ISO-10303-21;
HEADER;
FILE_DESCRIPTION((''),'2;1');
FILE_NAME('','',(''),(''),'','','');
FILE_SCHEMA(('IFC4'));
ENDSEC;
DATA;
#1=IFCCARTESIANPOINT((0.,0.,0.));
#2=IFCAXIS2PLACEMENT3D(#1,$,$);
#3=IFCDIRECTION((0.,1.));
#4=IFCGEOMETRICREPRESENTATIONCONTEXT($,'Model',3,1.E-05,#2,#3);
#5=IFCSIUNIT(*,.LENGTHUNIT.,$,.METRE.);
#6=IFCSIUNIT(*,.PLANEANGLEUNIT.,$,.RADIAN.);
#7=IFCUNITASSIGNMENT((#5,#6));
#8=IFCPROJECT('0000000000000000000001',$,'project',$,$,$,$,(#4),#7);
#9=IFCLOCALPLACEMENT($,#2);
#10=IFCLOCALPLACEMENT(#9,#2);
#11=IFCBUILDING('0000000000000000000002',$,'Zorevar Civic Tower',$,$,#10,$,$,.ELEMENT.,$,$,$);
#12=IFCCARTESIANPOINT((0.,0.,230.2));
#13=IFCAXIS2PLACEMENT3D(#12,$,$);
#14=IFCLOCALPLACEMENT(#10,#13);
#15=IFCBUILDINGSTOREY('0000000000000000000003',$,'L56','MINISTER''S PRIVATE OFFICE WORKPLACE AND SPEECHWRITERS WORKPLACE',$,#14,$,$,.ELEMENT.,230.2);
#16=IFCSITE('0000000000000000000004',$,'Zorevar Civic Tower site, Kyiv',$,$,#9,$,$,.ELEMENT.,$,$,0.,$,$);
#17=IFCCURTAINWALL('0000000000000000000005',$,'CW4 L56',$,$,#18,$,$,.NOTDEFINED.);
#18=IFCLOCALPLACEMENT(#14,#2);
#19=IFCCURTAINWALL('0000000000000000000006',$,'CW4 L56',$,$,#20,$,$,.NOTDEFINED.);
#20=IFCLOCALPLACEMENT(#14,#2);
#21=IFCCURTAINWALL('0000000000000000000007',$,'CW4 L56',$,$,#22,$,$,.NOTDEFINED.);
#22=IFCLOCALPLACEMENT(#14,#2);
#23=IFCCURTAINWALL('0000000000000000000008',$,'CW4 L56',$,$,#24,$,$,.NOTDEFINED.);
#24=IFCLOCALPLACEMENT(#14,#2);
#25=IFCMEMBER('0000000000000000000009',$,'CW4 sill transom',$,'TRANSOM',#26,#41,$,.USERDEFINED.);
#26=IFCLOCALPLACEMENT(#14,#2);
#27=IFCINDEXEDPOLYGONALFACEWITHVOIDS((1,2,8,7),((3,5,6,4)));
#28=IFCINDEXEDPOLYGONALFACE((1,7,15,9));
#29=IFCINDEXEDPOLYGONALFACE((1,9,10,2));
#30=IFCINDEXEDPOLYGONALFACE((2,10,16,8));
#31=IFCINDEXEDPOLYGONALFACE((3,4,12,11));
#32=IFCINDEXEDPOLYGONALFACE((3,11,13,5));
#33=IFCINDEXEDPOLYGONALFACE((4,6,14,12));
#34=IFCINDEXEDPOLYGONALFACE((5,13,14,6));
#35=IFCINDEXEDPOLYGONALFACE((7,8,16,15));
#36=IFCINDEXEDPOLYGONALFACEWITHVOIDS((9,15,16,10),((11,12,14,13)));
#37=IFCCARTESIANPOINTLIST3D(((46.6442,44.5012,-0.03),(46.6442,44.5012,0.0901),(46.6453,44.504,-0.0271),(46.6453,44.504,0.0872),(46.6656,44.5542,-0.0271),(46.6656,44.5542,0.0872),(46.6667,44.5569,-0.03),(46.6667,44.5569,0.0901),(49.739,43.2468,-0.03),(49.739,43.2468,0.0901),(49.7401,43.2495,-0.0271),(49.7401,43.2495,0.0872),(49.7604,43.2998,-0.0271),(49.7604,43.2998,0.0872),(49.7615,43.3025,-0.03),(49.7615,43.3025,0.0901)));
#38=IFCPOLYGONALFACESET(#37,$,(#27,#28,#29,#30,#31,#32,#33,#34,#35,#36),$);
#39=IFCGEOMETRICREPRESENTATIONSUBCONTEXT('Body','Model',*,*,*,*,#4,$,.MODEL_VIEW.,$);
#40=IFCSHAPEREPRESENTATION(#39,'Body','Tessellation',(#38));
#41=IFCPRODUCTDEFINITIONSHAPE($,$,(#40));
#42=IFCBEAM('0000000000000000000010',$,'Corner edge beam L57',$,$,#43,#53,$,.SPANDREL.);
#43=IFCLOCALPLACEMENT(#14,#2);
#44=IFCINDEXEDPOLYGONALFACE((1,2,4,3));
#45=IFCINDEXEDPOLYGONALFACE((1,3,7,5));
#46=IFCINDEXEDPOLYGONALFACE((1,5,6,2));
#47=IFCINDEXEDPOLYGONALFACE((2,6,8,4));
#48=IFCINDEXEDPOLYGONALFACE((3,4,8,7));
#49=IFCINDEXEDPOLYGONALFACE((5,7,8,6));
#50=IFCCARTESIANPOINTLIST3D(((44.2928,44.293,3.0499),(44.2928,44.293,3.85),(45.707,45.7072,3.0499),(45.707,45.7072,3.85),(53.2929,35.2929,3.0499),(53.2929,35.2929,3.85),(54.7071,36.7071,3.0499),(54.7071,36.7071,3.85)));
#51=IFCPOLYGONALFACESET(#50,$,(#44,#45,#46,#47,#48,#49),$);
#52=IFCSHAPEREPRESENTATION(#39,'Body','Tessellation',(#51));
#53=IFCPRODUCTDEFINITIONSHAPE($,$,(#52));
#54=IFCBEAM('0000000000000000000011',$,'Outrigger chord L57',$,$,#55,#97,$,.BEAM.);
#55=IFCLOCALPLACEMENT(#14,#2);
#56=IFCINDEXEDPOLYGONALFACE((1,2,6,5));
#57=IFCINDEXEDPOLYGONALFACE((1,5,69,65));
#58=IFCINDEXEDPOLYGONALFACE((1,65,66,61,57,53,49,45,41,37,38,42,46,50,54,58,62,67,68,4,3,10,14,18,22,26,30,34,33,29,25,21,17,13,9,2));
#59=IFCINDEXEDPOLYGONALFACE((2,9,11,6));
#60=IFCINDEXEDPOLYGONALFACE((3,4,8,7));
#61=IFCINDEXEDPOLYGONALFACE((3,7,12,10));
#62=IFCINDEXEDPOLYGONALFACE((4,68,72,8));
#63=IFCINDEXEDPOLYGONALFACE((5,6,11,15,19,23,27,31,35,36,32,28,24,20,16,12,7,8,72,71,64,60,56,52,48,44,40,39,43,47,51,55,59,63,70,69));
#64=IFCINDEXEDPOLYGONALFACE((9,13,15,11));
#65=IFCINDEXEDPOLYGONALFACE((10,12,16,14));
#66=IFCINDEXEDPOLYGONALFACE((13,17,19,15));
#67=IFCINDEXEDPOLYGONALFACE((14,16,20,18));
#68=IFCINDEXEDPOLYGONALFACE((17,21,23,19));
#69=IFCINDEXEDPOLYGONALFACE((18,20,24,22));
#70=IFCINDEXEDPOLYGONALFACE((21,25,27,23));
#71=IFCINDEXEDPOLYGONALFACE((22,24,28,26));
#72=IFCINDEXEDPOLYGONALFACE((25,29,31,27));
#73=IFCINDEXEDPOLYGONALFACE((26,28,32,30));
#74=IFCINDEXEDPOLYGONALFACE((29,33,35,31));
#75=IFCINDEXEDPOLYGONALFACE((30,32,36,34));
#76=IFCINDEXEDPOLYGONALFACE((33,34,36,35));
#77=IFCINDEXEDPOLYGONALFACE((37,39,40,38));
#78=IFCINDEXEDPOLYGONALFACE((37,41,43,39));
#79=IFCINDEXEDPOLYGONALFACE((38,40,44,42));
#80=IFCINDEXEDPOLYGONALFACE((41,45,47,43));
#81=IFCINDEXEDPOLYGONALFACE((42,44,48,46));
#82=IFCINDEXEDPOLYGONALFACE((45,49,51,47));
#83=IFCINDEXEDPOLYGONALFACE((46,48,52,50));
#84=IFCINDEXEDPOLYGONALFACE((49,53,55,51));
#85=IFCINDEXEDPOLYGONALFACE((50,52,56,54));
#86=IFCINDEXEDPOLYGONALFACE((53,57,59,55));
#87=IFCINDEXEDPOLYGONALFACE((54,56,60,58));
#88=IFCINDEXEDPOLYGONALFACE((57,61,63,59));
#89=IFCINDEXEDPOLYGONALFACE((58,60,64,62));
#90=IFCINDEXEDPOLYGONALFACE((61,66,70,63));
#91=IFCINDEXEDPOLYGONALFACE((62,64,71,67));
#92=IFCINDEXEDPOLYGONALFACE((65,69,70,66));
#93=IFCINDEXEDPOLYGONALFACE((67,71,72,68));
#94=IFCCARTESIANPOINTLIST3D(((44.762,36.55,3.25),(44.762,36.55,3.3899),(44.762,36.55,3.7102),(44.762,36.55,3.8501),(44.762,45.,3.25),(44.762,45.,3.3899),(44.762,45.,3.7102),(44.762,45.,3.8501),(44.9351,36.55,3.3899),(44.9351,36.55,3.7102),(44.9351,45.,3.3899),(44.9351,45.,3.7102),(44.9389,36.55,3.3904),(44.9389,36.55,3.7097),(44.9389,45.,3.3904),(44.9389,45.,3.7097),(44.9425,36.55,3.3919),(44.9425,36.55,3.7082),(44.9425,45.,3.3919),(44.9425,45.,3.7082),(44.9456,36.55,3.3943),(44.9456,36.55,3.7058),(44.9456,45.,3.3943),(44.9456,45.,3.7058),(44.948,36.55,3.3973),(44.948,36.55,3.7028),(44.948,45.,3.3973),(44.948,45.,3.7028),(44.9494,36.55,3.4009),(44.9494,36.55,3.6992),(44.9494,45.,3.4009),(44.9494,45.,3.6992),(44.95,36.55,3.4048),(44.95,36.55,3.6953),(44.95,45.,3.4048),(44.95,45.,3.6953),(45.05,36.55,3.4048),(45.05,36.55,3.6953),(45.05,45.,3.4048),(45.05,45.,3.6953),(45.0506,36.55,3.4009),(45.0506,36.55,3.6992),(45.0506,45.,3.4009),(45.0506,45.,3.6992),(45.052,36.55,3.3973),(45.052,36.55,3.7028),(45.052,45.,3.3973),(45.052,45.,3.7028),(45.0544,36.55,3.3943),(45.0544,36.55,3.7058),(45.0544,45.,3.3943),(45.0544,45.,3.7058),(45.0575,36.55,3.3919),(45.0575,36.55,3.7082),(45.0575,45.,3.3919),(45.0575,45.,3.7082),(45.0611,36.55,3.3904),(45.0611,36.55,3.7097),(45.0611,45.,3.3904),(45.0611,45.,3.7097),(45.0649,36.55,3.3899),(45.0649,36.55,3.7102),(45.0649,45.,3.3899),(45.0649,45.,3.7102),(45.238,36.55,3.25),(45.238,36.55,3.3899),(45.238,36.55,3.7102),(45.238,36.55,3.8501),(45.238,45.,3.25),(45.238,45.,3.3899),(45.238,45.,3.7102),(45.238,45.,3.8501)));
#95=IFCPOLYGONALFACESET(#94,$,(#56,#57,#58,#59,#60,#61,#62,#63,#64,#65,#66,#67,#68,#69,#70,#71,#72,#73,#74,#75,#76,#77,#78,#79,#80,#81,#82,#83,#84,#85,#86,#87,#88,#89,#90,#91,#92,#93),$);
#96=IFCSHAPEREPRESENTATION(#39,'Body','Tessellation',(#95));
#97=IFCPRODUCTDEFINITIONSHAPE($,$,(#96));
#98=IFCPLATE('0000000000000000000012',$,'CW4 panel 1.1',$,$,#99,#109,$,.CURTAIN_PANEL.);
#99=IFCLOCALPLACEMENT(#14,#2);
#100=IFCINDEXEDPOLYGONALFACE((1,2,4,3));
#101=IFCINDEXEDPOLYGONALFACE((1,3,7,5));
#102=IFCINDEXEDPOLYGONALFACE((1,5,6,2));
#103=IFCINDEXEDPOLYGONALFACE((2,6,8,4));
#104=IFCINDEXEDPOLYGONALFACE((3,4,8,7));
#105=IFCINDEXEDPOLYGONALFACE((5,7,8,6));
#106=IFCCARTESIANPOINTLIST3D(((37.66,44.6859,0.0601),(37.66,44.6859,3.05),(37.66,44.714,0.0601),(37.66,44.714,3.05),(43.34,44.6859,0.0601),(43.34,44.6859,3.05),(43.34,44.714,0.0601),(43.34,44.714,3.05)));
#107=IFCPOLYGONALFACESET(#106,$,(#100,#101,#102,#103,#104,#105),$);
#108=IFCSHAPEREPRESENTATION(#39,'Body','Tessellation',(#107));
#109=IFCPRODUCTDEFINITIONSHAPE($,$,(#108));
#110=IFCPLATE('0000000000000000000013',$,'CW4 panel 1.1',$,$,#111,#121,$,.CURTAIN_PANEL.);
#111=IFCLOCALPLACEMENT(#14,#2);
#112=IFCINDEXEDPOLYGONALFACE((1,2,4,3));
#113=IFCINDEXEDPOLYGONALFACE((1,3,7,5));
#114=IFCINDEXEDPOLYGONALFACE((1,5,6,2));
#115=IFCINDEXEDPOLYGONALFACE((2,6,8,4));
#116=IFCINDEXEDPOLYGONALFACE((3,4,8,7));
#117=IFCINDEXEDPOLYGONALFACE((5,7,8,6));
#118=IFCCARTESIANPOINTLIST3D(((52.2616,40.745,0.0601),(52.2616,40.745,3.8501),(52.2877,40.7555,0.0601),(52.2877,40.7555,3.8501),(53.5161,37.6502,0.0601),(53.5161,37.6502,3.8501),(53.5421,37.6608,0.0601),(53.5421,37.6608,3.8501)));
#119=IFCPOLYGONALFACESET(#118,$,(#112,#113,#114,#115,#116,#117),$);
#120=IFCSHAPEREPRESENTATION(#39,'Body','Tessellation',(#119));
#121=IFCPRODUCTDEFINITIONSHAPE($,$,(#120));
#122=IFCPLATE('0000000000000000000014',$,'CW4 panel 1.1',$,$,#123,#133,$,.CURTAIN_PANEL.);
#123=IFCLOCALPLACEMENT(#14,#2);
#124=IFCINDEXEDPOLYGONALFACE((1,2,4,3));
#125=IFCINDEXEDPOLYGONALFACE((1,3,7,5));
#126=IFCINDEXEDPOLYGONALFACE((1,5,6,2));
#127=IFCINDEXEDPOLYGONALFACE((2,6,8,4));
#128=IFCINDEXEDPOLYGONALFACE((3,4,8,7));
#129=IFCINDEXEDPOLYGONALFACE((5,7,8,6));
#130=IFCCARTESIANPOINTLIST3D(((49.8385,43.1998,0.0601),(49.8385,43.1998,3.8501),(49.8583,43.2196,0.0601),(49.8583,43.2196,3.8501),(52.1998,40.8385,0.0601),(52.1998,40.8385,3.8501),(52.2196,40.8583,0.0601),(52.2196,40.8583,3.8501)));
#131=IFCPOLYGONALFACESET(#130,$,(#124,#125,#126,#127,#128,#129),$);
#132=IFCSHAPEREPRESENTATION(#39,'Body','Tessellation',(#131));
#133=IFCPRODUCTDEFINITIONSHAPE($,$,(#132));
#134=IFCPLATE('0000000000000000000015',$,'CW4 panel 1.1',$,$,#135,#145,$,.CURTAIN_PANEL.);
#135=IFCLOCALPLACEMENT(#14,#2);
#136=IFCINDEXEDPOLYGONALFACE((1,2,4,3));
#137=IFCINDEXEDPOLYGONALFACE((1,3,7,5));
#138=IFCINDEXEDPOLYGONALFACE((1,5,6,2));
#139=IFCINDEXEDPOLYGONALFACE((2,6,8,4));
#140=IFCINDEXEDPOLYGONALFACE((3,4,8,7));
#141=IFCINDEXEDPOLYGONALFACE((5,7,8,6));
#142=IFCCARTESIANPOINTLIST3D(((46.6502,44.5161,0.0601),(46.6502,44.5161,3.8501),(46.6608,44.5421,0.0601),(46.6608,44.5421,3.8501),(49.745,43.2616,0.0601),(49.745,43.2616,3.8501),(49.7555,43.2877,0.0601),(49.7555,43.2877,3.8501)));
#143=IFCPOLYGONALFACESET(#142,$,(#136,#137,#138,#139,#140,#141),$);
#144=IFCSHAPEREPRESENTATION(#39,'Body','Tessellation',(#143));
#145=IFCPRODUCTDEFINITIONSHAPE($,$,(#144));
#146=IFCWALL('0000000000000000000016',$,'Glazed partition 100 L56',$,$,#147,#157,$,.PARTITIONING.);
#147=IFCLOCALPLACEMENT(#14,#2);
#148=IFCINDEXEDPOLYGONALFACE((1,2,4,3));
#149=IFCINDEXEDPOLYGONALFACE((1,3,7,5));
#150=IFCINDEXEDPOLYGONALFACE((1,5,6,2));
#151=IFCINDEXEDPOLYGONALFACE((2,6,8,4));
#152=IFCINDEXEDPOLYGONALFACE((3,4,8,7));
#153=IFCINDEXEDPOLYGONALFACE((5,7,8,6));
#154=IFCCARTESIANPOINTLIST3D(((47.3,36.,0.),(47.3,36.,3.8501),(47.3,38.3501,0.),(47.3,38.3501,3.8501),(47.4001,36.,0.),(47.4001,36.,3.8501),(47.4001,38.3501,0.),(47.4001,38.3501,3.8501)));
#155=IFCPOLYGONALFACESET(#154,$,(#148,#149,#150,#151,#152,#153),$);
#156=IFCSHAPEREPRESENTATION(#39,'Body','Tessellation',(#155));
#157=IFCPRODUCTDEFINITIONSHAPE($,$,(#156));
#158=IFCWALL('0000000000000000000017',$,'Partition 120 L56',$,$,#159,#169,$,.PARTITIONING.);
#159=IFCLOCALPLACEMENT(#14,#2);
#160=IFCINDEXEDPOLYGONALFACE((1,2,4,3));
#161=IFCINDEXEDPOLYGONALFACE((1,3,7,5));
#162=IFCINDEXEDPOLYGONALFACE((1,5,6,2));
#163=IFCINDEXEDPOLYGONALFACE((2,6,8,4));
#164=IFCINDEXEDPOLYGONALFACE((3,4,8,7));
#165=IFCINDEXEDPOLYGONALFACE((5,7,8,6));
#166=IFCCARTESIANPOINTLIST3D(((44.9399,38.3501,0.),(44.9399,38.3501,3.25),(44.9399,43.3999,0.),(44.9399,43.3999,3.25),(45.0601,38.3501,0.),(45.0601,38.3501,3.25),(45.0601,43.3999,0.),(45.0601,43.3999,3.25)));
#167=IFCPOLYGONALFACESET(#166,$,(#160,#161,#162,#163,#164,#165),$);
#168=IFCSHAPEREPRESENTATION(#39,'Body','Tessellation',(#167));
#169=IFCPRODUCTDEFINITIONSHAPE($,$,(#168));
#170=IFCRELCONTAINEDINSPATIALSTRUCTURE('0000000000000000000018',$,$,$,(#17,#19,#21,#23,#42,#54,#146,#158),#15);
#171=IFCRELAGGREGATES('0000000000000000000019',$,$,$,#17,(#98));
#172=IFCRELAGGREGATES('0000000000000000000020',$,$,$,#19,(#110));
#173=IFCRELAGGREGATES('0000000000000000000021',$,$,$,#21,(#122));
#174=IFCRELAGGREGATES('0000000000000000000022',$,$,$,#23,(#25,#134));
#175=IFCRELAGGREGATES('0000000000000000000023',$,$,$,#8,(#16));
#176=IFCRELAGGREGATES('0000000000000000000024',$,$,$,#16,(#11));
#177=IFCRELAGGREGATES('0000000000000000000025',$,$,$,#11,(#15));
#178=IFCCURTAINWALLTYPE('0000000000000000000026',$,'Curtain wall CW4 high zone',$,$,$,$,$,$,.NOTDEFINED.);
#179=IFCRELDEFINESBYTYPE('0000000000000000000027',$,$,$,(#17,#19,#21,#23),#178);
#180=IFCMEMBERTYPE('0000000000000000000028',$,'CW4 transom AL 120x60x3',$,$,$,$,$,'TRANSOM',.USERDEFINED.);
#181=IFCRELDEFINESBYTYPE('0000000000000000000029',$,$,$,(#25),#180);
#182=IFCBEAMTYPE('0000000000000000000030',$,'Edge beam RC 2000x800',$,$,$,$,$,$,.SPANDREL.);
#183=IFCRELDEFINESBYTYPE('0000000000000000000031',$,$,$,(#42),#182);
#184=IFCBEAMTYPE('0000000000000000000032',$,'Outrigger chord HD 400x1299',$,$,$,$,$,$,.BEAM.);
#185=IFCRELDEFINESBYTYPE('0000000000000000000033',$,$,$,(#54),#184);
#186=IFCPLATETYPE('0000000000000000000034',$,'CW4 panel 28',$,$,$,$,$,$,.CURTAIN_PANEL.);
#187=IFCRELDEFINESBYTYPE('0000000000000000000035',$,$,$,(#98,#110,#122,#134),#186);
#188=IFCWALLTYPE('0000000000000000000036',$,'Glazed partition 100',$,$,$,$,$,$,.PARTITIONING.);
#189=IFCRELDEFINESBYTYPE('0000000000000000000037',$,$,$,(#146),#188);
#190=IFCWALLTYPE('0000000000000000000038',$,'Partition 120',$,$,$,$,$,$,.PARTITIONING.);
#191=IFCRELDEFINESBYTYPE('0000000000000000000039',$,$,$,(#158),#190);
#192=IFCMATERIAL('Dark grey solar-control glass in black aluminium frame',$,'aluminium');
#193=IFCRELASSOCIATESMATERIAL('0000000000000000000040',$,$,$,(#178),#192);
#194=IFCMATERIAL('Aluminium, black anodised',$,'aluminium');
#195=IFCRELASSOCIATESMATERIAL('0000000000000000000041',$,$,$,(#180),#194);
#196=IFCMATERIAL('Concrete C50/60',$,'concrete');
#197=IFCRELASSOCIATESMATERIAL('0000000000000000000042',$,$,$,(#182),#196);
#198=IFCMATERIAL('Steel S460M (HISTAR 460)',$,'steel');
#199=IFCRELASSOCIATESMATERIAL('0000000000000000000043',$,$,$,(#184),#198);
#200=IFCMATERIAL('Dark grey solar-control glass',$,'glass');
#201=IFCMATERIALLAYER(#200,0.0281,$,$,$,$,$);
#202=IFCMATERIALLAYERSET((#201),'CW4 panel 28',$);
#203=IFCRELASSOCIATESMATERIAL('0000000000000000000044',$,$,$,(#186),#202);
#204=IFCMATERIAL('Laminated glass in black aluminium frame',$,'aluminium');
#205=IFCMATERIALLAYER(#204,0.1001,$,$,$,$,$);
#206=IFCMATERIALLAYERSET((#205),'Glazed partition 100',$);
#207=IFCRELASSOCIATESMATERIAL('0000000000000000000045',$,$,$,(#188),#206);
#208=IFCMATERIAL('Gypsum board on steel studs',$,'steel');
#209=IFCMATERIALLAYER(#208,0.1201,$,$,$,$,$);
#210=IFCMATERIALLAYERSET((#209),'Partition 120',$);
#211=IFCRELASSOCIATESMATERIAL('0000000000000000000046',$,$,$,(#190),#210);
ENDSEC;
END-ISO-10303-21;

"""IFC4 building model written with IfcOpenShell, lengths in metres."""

from ifc_helpers import new_model, si_unit, direction, frame, frame_2d, origin, origin_2d, place, context, subcontext, project, spatial, rectangle, hollow_rectangle, i_section, extrude, material, layer, layer_set, material_profile, profile_set, type_object, element, aggregate, save


model = new_model("IFC4")

# Units and contexts
model_context = context("Model", 3, precision=1e-05, world=origin(), true_north=direction((0.0, 1.0)))
body_context = subcontext(model_context, "Body", "Model", "MODEL_VIEW")
ifc_project = project(units=[si_unit("LENGTHUNIT", "METRE"), si_unit("PLANEANGLEUNIT", "RADIAN")], contexts=[model_context])

# Site, building, storey
site_placement = place(None, origin())
site = spatial("IfcSite", under=ifc_project, at=site_placement, Name="Zorevar Civic Tower site, Kyiv", CompositionType="ELEMENT", RefElevation=0.0)
building_placement = place(site_placement, origin())
building = spatial("IfcBuilding", under=site, at=building_placement, Name="Zorevar Civic Tower", CompositionType="ELEMENT")
storey_placement = place(building_placement, frame((0.0, 0.0, 230.2)))
storey = spatial("IfcBuildingStorey", under=building, at=storey_placement, Name="L56", Description="MINISTER'S PRIVATE OFFICE WORKPLACE AND SPEECHWRITERS WORKPLACE", CompositionType="ELEMENT", Elevation=230.2)

# Curtain wall
ifc_material_1 = material(Name="Dark grey solar-control glass in black aluminium frame", Category="aluminium")
curtain_wall_type = type_object("IfcCurtainWallType", Name="Curtain wall CW4 high zone", PredefinedType="NOTDEFINED", material=ifc_material_1)
curtain_wall_1_placement = place(storey_placement, origin())
curtain_wall_1 = element("IfcCurtainWall", 1, at=curtain_wall_1_placement, inside=storey, type_object=curtain_wall_type, Name="CW4 L56", PredefinedType="NOTDEFINED")

# Curtain walls
curtain_wall_2_placement = place(storey_placement, origin())
curtain_wall_2 = element("IfcCurtainWall", 2, at=curtain_wall_2_placement, inside=storey, type_object=curtain_wall_type, Name="CW4 L56", PredefinedType="NOTDEFINED")
curtain_wall_3_placement = place(storey_placement, origin())
curtain_wall_3 = element("IfcCurtainWall", 3, at=curtain_wall_3_placement, inside=storey, type_object=curtain_wall_type, Name="CW4 L56", PredefinedType="NOTDEFINED")
curtain_wall_4_placement = place(storey_placement, origin())
curtain_wall_4 = element("IfcCurtainWall", 4, at=curtain_wall_4_placement, inside=storey, type_object=curtain_wall_type, Name="CW4 L56", PredefinedType="NOTDEFINED")

# Member
ifc_material_2 = material(Name="Aluminium, black anodised", Category="aluminium")
ifc_material_profile_1 = material_profile(ifc_material_2, hollow_rectangle(XDim=0.0601, YDim=0.1201, WallThickness=0.0029, at=origin_2d()), Name="AL 120x60x3")
ifc_profile_set_1 = profile_set([ifc_material_profile_1], Name="Aluminium, black anodised")
member_type_1 = type_object("IfcMemberType", Name="CW4 transom AL 120x60x3", ElementType="TRANSOM", PredefinedType="USERDEFINED", material=ifc_profile_set_1)
member_1_placement = place(storey_placement, frame((49.7502, 43.2747, 0.03), z_axis=(-0.926763, 0.375647, 0.0), x_axis=(-0.375647, -0.926763, 0.0)))
member_1 = element("IfcMember", 5, at=member_1_placement, type_object=member_type_1, Name="CW4 sill transom", ObjectType="TRANSOM", PredefinedType="USERDEFINED", context=body_context, shape_type="SweptSolid", body=[
    extrude(hollow_rectangle(XDim=0.0601, YDim=0.1201, WallThickness=0.0029, at=origin_2d()), origin(), (0.0, 0.0, 1.0), 3.3394),
])

# Beams
ifc_material_3 = material(Name="Concrete C50/60", Category="concrete")
ifc_material_profile_2 = material_profile(ifc_material_3, rectangle(XDim=2.0, YDim=0.8, at=origin_2d()), Name="RC 2000x800")
ifc_profile_set_2 = profile_set([ifc_material_profile_2], Name="Concrete C50/60")
beam_type_1 = type_object("IfcBeamType", Name="Edge beam RC 2000x800", PredefinedType="SPANDREL", material=ifc_profile_set_2)
beam_1_placement = place(storey_placement, frame((54.0, 36.0, 3.45), z_axis=(-0.707107, 0.707107, 0.0), x_axis=(-0.707107, -0.707107, 0.0)))
element("IfcBeam", 6, at=beam_1_placement, inside=storey, type_object=beam_type_1, Name="Corner edge beam L57", PredefinedType="SPANDREL", context=body_context, shape_type="SweptSolid", body=[
    extrude(rectangle(XDim=2.0, YDim=0.8, at=origin_2d()), origin(), (0.0, 0.0, 1.0), 12.728),
])
ifc_material_4 = material(Name="Steel S460M (HISTAR 460)", Category="steel")
ifc_material_profile_3 = material_profile(ifc_material_4, i_section(OverallWidth=0.4761, OverallDepth=0.6001, WebThickness=0.1001, FlangeThickness=0.1399, FilletRadius=0.0149, at=origin_2d()), Name="HD 400x1299")
ifc_profile_set_3 = profile_set([ifc_material_profile_3], Name="Steel S460M (HISTAR 460)")
beam_type_2 = type_object("IfcBeamType", Name="Outrigger chord HD 400x1299", PredefinedType="BEAM", material=ifc_profile_set_3)
beam_2_placement = place(storey_placement, frame((45.0, 36.55, 3.55), z_axis=(0.0, 1.0, 0.0), x_axis=(-1.0, 0.0, 0.0)))
element("IfcBeam", 7, at=beam_2_placement, inside=storey, type_object=beam_type_2, Name="Outrigger chord L57", PredefinedType="BEAM", context=body_context, shape_type="SweptSolid", body=[
    extrude(i_section(OverallWidth=0.4761, OverallDepth=0.6001, WebThickness=0.1001, FlangeThickness=0.1399, FilletRadius=0.0149, at=origin_2d()), origin(), (0.0, 0.0, 1.0), 8.45),
])

# Plates
ifc_material_5 = material(Name="Dark grey solar-control glass", Category="glass")
ifc_layer_1 = layer(ifc_material_5, 0.0281)
ifc_layer_set_1 = layer_set([ifc_layer_1], Name="CW4 panel 28")
plate_type = type_object("IfcPlateType", Name="CW4 panel 28", PredefinedType="CURTAIN_PANEL", material=ifc_layer_set_1)
plate_1_placement = place(storey_placement, frame((40.5, 44.7, 0.0601), z_axis=(0.0, 0.0, 1.0), x_axis=(1.0, 0.0, 0.0)))
plate_1 = element("IfcPlate", 8, at=plate_1_placement, type_object=plate_type, Name="CW4 panel 1.1", PredefinedType="CURTAIN_PANEL", context=body_context, shape_type="SweptSolid", body=[
    extrude(rectangle(XDim=5.6799, YDim=0.0281, at=origin_2d()), origin(), (0.0, 0.0, 1.0), 2.99),
])
aggregate(curtain_wall_1, [plate_1])
plate_2_placement = place(storey_placement, frame((52.9019, 39.2029, 0.0601), z_axis=(0.0, 0.0, 1.0), x_axis=(-0.37565, 0.926762, 0.0)))
plate_2 = element("IfcPlate", 9, at=plate_2_placement, type_object=plate_type, Name="CW4 panel 1.1", PredefinedType="CURTAIN_PANEL", context=body_context, shape_type="SweptSolid", body=[
    extrude(rectangle(XDim=3.3394, YDim=0.0281, at=origin_2d()), origin(), (0.0, 0.0, 1.0), 3.79),
])
aggregate(curtain_wall_2, [plate_2])
plate_3_placement = place(storey_placement, frame((51.0291, 42.0291, 0.0601), z_axis=(0.0, 0.0, 1.0), x_axis=(-0.707107, 0.707107, 0.0)))
plate_3 = element("IfcPlate", 10, at=plate_3_placement, type_object=plate_type, Name="CW4 panel 1.1", PredefinedType="CURTAIN_PANEL", context=body_context, shape_type="SweptSolid", body=[
    extrude(rectangle(XDim=3.3394, YDim=0.0281, at=origin_2d()), origin(), (0.0, 0.0, 1.0), 3.79),
])
aggregate(curtain_wall_3, [plate_3])
plate_4_placement = place(storey_placement, frame((48.2029, 43.9019, 0.0601), z_axis=(0.0, 0.0, 1.0), x_axis=(-0.926762, 0.37565, 0.0)))
plate_4 = element("IfcPlate", 11, at=plate_4_placement, type_object=plate_type, Name="CW4 panel 1.1", PredefinedType="CURTAIN_PANEL", context=body_context, shape_type="SweptSolid", body=[
    extrude(rectangle(XDim=3.3394, YDim=0.0281, at=origin_2d()), origin(), (0.0, 0.0, 1.0), 3.79),
])
aggregate(curtain_wall_4, [member_1, plate_4])

# Shared definitions
ifc_material_6 = material(Name="Laminated glass in black aluminium frame", Category="aluminium")
ifc_layer_2 = layer(ifc_material_6, 0.1001)
ifc_layer_set_2 = layer_set([ifc_layer_2], Name="Glazed partition 100")
wall_type_1 = type_object("IfcWallType", Name="Glazed partition 100", PredefinedType="PARTITIONING", material=ifc_layer_set_2)

# Walls
wall_1_placement = place(storey_placement, frame((47.3501, 36.0, 0.0), z_axis=(0.0, 0.0, 1.0), x_axis=(0.0, 1.0, 0.0)))
element("IfcWall", 12, at=wall_1_placement, inside=storey, type_object=wall_type_1, Name="Glazed partition 100 L56", PredefinedType="PARTITIONING", context=body_context, shape_type="SweptSolid", body=[
    extrude(rectangle(XDim=2.3501, YDim=0.1001, at=frame_2d((1.175, 0.0))), origin(), (0.0, 0.0, 1.0), 3.8501),
])
ifc_material_7 = material(Name="Gypsum board on steel studs", Category="steel")
ifc_layer_3 = layer(ifc_material_7, 0.1201)
ifc_layer_set_3 = layer_set([ifc_layer_3], Name="Partition 120")
wall_type_2 = type_object("IfcWallType", Name="Partition 120", PredefinedType="PARTITIONING", material=ifc_layer_set_3)
wall_2_placement = place(storey_placement, frame((45.0, 38.3501, 0.0), z_axis=(0.0, 0.0, 1.0), x_axis=(0.0, 1.0, 0.0)))
element("IfcWall", 13, at=wall_2_placement, inside=storey, type_object=wall_type_2, Name="Partition 120 L56", PredefinedType="PARTITIONING", context=body_context, shape_type="SweptSolid", body=[
    extrude(rectangle(XDim=5.0498, YDim=0.1201, at=frame_2d((2.5249, 0.0))), origin(), (0.0, 0.0, 1.0), 3.25),
])

save(model, "model.ifc")
